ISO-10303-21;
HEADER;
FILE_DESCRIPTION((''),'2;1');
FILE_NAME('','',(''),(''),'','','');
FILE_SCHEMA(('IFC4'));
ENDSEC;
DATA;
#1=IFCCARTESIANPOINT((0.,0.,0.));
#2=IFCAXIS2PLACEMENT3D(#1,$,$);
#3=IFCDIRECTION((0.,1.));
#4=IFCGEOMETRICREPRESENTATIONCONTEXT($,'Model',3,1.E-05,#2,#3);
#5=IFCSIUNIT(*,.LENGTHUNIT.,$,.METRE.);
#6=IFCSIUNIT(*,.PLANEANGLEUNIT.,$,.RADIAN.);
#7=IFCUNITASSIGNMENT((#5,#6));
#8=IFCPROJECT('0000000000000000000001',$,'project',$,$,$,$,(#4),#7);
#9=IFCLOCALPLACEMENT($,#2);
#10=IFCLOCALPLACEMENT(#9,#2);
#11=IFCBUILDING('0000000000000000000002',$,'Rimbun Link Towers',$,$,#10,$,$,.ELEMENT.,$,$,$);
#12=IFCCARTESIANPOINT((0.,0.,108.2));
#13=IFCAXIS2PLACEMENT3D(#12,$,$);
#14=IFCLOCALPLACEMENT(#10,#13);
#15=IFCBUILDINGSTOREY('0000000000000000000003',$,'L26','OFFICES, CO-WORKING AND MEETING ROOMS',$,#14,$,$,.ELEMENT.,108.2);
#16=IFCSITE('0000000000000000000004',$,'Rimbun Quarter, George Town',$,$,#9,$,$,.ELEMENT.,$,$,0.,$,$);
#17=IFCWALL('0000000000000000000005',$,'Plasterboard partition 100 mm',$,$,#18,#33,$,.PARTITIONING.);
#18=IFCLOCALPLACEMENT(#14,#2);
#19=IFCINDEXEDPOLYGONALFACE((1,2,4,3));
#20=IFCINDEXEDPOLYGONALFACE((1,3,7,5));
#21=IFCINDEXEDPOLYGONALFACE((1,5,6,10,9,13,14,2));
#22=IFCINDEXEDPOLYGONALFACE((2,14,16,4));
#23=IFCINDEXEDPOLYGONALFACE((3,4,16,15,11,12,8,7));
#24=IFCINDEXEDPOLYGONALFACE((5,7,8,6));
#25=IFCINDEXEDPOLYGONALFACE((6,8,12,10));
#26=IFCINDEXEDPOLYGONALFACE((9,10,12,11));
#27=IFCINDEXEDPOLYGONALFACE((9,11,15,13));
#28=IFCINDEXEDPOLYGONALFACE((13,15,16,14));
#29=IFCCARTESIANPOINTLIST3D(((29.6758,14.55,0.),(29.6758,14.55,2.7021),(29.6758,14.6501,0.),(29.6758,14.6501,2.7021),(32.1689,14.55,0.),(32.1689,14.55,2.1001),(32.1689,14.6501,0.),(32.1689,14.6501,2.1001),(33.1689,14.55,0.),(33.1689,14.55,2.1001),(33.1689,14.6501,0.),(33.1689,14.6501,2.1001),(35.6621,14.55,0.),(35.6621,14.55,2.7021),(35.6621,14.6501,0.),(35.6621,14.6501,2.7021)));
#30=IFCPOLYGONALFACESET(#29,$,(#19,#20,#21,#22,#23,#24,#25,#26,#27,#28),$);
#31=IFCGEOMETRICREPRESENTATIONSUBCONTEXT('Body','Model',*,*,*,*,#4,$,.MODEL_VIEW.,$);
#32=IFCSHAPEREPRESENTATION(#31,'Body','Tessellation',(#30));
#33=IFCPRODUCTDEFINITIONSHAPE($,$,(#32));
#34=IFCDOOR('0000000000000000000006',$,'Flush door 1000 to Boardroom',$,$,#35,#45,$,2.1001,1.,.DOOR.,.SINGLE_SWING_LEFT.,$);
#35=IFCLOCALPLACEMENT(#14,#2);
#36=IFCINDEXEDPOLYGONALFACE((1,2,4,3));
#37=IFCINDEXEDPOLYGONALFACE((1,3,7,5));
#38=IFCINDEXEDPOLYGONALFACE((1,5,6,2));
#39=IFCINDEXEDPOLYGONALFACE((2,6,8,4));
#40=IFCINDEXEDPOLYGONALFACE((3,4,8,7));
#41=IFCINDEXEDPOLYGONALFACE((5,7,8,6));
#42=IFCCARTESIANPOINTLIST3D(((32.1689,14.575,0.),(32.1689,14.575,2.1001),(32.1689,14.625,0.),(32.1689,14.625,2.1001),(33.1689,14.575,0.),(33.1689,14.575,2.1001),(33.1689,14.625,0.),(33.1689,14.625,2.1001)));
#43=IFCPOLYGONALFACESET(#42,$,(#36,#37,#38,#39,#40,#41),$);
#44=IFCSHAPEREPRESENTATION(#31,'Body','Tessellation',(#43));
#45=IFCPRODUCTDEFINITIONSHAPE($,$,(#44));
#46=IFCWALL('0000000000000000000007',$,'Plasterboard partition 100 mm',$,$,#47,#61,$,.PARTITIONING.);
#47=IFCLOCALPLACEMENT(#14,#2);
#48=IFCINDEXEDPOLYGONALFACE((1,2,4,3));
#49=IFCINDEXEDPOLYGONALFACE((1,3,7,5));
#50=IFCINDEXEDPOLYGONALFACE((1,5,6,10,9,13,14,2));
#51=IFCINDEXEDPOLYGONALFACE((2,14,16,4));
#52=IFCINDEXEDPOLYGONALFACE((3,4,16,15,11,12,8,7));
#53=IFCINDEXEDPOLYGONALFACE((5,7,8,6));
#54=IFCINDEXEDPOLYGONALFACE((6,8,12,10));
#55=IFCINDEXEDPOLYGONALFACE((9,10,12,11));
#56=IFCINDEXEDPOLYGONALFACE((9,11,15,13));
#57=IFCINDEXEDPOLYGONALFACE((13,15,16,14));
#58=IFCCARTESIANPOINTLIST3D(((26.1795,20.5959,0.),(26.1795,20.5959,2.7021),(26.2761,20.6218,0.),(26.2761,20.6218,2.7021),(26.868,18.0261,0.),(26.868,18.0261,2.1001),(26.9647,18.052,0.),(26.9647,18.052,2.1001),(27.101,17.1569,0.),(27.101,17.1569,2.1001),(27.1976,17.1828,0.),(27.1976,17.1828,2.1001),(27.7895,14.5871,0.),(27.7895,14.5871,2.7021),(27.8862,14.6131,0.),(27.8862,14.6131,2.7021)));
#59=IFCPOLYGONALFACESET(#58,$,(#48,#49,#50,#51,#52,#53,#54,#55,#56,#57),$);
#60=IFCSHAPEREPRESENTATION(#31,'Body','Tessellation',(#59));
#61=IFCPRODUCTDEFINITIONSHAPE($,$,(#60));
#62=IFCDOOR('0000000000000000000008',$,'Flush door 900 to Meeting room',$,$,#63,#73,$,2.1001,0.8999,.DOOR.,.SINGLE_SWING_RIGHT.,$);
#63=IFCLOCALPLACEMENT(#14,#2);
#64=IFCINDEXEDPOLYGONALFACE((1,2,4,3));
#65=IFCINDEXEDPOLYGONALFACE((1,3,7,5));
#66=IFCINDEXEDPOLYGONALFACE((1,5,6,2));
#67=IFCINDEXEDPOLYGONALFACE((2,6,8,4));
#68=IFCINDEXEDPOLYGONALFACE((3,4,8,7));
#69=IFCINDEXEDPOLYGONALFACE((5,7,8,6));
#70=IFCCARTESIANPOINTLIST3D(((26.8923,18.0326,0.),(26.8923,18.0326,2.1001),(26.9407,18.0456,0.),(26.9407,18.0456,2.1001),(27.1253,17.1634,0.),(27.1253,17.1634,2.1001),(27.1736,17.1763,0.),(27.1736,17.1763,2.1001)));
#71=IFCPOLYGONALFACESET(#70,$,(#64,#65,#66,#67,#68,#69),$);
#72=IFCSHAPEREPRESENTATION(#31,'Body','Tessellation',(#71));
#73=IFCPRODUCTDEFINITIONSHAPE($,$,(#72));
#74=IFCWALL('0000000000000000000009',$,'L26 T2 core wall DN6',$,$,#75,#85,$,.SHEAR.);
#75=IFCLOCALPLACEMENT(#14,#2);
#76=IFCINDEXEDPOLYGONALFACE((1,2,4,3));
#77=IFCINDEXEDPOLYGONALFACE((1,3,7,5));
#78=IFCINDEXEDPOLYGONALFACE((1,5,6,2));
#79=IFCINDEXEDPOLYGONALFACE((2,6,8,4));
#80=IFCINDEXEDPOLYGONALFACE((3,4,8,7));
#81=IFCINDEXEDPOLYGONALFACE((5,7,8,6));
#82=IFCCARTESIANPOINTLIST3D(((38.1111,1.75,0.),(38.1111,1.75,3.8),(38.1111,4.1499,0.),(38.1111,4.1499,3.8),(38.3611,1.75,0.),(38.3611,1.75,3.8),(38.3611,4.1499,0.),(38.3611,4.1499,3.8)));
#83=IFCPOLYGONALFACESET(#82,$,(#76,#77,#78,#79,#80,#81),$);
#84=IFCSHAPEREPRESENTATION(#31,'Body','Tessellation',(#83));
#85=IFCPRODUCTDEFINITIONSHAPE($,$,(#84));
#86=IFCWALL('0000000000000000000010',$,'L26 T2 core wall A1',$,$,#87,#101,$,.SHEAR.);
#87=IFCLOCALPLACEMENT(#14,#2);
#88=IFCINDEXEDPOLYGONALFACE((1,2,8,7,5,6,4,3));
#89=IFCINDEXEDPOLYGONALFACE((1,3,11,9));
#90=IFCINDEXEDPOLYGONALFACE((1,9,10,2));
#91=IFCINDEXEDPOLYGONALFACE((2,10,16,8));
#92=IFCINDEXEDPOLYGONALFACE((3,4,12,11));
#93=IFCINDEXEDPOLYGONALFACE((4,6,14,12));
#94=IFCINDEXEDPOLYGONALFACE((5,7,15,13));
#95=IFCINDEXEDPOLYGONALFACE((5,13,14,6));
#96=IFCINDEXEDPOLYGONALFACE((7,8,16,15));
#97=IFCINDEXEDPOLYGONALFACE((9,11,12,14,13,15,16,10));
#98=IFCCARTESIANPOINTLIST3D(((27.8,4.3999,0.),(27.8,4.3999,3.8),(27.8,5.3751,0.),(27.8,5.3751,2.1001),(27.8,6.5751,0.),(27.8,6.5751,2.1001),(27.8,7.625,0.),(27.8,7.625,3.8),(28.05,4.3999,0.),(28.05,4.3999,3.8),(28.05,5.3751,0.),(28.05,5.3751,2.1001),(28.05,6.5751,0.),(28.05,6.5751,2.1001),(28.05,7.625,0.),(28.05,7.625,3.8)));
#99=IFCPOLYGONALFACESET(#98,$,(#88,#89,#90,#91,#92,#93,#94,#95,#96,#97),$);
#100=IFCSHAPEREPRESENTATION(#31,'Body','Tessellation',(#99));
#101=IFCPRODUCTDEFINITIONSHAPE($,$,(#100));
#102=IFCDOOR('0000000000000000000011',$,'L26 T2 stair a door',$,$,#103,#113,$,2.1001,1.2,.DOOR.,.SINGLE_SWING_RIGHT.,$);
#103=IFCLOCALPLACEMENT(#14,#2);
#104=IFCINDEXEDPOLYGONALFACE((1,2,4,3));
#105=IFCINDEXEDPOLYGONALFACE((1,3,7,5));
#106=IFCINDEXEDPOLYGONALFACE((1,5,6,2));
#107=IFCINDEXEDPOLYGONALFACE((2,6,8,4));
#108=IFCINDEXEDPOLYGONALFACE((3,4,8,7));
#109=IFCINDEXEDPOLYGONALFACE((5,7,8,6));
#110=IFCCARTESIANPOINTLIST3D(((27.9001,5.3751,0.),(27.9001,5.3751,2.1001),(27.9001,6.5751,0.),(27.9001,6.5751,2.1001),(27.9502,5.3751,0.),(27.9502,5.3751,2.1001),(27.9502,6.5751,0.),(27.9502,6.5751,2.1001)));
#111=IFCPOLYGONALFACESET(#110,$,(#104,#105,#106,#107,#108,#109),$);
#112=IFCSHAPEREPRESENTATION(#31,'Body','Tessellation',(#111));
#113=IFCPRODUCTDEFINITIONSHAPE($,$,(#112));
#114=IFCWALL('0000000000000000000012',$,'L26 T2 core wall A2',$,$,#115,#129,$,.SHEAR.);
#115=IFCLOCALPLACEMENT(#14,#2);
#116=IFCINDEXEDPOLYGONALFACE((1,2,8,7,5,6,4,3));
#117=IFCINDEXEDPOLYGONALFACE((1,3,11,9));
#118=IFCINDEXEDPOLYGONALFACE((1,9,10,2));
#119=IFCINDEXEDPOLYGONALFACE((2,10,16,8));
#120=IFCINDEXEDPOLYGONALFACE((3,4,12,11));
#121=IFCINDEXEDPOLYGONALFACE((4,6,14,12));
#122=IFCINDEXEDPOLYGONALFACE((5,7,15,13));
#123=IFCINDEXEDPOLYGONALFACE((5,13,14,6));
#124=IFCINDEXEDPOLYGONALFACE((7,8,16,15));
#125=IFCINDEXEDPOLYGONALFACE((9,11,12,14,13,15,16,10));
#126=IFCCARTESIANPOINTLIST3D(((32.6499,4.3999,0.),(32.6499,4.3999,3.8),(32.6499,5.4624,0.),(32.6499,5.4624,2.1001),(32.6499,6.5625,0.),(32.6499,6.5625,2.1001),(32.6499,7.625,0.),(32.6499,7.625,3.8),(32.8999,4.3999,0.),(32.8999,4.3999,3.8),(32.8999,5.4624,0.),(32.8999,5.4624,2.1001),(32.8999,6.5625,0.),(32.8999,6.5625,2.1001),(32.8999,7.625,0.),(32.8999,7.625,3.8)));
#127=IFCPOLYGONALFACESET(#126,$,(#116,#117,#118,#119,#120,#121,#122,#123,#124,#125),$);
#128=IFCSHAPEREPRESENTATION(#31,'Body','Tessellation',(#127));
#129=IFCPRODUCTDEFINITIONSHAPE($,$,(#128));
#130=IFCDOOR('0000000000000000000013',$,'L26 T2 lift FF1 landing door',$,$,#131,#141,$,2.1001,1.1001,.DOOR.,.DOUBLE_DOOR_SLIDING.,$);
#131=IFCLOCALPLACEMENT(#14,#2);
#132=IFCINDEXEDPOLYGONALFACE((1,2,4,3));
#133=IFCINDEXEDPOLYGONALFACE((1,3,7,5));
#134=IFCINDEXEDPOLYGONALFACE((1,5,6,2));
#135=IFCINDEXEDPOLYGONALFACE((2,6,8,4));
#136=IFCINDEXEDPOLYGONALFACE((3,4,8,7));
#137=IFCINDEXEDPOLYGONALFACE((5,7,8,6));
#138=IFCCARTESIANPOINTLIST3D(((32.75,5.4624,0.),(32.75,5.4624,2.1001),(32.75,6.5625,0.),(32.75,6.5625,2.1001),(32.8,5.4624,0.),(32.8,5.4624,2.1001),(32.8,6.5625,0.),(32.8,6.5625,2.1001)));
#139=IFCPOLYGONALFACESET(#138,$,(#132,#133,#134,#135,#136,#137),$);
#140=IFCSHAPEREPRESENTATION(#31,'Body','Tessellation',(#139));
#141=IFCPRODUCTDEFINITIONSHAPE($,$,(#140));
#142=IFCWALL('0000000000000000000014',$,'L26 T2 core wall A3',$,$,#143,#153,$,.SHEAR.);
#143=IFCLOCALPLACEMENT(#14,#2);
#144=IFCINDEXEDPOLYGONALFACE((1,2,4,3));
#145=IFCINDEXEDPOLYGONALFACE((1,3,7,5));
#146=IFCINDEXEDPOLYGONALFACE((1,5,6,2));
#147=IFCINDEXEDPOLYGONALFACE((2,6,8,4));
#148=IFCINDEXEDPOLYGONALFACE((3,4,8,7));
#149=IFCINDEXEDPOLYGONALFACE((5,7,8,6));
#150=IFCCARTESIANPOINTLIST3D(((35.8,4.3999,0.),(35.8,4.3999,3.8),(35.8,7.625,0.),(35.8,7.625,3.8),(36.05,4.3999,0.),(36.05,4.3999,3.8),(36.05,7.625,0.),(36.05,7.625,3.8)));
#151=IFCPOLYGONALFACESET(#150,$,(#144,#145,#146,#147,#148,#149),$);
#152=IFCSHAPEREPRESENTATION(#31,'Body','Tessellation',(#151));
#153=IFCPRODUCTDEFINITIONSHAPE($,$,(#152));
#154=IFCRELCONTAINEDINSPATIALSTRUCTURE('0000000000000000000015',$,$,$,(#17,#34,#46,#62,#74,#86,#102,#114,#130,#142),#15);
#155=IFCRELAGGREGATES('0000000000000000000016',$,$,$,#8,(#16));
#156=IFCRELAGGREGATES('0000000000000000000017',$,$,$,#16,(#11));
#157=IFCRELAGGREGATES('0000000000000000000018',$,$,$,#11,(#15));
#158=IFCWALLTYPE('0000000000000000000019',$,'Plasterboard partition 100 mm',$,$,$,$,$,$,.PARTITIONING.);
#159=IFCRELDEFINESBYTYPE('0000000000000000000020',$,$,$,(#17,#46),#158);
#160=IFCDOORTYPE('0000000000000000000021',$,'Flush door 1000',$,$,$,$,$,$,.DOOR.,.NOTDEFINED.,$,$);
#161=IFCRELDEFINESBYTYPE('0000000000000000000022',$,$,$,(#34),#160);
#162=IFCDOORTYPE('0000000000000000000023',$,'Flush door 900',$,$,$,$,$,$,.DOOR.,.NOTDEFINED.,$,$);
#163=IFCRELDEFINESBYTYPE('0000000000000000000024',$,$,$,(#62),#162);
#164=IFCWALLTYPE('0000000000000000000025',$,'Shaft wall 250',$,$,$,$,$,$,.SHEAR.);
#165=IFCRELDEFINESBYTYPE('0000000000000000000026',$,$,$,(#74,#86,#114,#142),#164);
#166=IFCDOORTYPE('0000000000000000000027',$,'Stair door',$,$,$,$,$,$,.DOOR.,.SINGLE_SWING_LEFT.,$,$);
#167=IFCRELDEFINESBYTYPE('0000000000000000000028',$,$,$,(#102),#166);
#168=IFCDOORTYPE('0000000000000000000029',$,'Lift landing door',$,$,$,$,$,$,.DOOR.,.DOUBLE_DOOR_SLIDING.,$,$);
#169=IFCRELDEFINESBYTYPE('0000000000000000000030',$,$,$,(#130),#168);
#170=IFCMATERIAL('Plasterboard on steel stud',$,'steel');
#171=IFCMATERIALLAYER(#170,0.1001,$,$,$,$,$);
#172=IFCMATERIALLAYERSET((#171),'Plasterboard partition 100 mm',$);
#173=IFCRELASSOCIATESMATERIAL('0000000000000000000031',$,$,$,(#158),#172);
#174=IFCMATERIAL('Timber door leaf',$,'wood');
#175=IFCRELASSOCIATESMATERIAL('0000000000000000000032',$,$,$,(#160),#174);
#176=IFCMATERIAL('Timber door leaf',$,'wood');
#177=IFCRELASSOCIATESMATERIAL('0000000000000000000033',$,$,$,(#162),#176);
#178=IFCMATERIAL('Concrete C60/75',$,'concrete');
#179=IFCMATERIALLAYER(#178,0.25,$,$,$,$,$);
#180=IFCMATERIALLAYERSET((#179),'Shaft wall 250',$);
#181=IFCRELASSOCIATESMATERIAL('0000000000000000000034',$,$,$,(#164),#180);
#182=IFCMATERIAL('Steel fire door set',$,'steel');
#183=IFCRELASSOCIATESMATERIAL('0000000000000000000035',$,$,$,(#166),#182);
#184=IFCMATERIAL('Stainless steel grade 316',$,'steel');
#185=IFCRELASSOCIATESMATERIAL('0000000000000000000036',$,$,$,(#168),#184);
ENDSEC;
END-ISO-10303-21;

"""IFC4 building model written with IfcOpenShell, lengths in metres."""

from ifc_helpers import new_model, si_unit, direction, frame, frame_2d, origin, place, context, subcontext, project, spatial, rectangle, extrude, material, layer, layer_set, type_object, element, fill, save


model = new_model("IFC4")

# Units and contexts
model_context = context("Model", 3, precision=1e-05, world=origin(), true_north=direction((0.0, 1.0)))
body_context = subcontext(model_context, "Body", "Model", "MODEL_VIEW")
ifc_project = project(units=[si_unit("LENGTHUNIT", "METRE"), si_unit("PLANEANGLEUNIT", "RADIAN")], contexts=[model_context])

# Site, building, storey
site_placement = place(None, origin())
site = spatial("IfcSite", under=ifc_project, at=site_placement, Name="Rimbun Quarter, George Town", CompositionType="ELEMENT", RefElevation=0.0)
building_placement = place(site_placement, origin())
building = spatial("IfcBuilding", under=site, at=building_placement, Name="Rimbun Link Towers", CompositionType="ELEMENT")
storey_placement = place(building_placement, frame((0.0, 0.0, 108.2)))
storey = spatial("IfcBuildingStorey", under=building, at=storey_placement, Name="L26", Description="OFFICES, CO-WORKING AND MEETING ROOMS", CompositionType="ELEMENT", Elevation=108.2)

# Walls, openings, doors
ifc_material_1 = material(Name="Plasterboard on steel stud", Category="steel")
ifc_layer_1 = layer(ifc_material_1, 0.1001)
ifc_layer_set_1 = layer_set([ifc_layer_1], Name="Plasterboard partition 100 mm")
wall_type_1 = type_object("IfcWallType", Name="Plasterboard partition 100 mm", PredefinedType="PARTITIONING", material=ifc_layer_set_1)
wall_1_placement = place(storey_placement, frame((29.6758, 14.6001, 0.0), z_axis=(0.0, 0.0, 1.0), x_axis=(1.0, 0.0, 0.0)))
wall_1 = element("IfcWall", 1, at=wall_1_placement, inside=storey, type_object=wall_type_1, Name="Plasterboard partition 100 mm", PredefinedType="PARTITIONING", context=body_context, shape_type="SweptSolid", body=[
    extrude(rectangle(XDim=5.9863, YDim=0.1001, at=frame_2d((2.9932, 0.0))), origin(), (0.0, 0.0, 1.0), 2.7021),
])
opening_1_placement = place(wall_1_placement, frame((2.4932, 0.0, 0.0)))
opening_1 = element("IfcOpeningElement", 2, at=opening_1_placement, cuts=wall_1, PredefinedType="OPENING", context=body_context, shape_type="SweptSolid", body=[
    extrude(rectangle(XDim=1.0, YDim=2.1001, at=frame_2d((0.5, 1.05))), frame((0.0, 0.0601, 0.0), z_axis=(0.0, -1.0, 0.0), x_axis=(1.0, 0.0, 0.0)), (0.0, 0.0, 1.0), 0.1201),
])
ifc_material_2 = material(Name="Timber door leaf", Category="wood")
door_type_1 = type_object("IfcDoorType", Name="Flush door 1000", OperationType="NOTDEFINED", PredefinedType="DOOR", material=ifc_material_2)
door_1_placement = place(opening_1_placement, origin())
door_1 = element("IfcDoor", 3, at=door_1_placement, inside=storey, type_object=door_type_1, Name="Flush door 1000 to Boardroom", OperationType="SINGLE_SWING_LEFT", OverallHeight=2.1001, OverallWidth=1.0, PredefinedType="DOOR", context=body_context, shape_type="SweptSolid", body=[
    extrude(rectangle(XDim=1.0, YDim=2.1001, at=frame_2d((0.5, 1.05))), frame((0.0, 0.0249, 0.0), z_axis=(0.0, -1.0, 0.0), x_axis=(1.0, 0.0, 0.0)), (0.0, 0.0, 1.0), 0.05),
])
fill(opening_1, door_1)
wall_2_placement = place(storey_placement, frame((27.8379, 14.6001, 0.0), z_axis=(0.0, 0.0, 1.0), x_axis=(-0.258828, 0.965924, 0.0)))
wall_2 = element("IfcWall", 4, at=wall_2_placement, inside=storey, type_object=wall_type_1, Name="Plasterboard partition 100 mm", PredefinedType="PARTITIONING", context=body_context, shape_type="SweptSolid", body=[
    extrude(rectangle(XDim=6.2207, YDim=0.1001, at=frame_2d((3.1104, 0.0))), origin(), (0.0, 0.0, 1.0), 2.7021),
])
opening_2_placement = place(wall_2_placement, frame((2.6604, 0.0, 0.0)))
opening_2 = element("IfcOpeningElement", 5, at=opening_2_placement, cuts=wall_2, PredefinedType="OPENING", context=body_context, shape_type="SweptSolid", body=[
    extrude(rectangle(XDim=0.8999, YDim=2.1001, at=frame_2d((0.45, 1.05))), frame((0.0, 0.0601, 0.0), z_axis=(0.0, -1.0, 0.0), x_axis=(1.0, 0.0, 0.0)), (0.0, 0.0, 1.0), 0.1201),
])
ifc_material_3 = material(Name="Timber door leaf", Category="wood")
door_type_2 = type_object("IfcDoorType", Name="Flush door 900", OperationType="NOTDEFINED", PredefinedType="DOOR", material=ifc_material_3)
door_2_placement = place(opening_2_placement, origin())
door_2 = element("IfcDoor", 6, at=door_2_placement, inside=storey, type_object=door_type_2, Name="Flush door 900 to Meeting room", OperationType="SINGLE_SWING_RIGHT", OverallHeight=2.1001, OverallWidth=0.8999, PredefinedType="DOOR", context=body_context, shape_type="SweptSolid", body=[
    extrude(rectangle(XDim=0.8999, YDim=2.1001, at=frame_2d((0.45, 1.05))), frame((0.0, 0.0249, 0.0), z_axis=(0.0, -1.0, 0.0), x_axis=(1.0, 0.0, 0.0)), (0.0, 0.0, 1.0), 0.05),
])
fill(opening_2, door_2)

# Wall
ifc_material_4 = material(Name="Concrete C60/75", Category="concrete")
ifc_layer_2 = layer(ifc_material_4, 0.25)
ifc_layer_set_2 = layer_set([ifc_layer_2], Name="Shaft wall 250")
wall_type_2 = type_object("IfcWallType", Name="Shaft wall 250", PredefinedType="SHEAR", material=ifc_layer_set_2)
wall_3_placement = place(storey_placement, frame((38.2361, 1.75, 0.0), z_axis=(0.0, 0.0, 1.0), x_axis=(0.0, 1.0, 0.0)))
element("IfcWall", 7, at=wall_3_placement, inside=storey, type_object=wall_type_2, Name="L26 T2 core wall DN6", PredefinedType="SHEAR", context=body_context, shape_type="SweptSolid", body=[
    extrude(rectangle(XDim=2.3999, YDim=0.25, at=frame_2d((1.2, 0.0))), origin(), (0.0, 0.0, 1.0), 3.8),
])

# Walls, openings, doors
wall_4_placement = place(storey_placement, frame((27.925, 4.3999, 0.0), z_axis=(0.0, 0.0, 1.0), x_axis=(0.0, 1.0, 0.0)))
wall_4 = element("IfcWall", 8, at=wall_4_placement, inside=storey, type_object=wall_type_2, Name="L26 T2 core wall A1", PredefinedType="SHEAR", context=body_context, shape_type="SweptSolid", body=[
    extrude(rectangle(XDim=3.2251, YDim=0.25, at=frame_2d((1.6125, 0.0))), origin(), (0.0, 0.0, 1.0), 3.8),
])
opening_3_placement = place(wall_4_placement, frame((0.9751, 0.0, 0.0)))
opening_3 = element("IfcOpeningElement", 9, at=opening_3_placement, cuts=wall_4, PredefinedType="OPENING", context=body_context, shape_type="SweptSolid", body=[
    extrude(rectangle(XDim=1.2, YDim=2.1001, at=frame_2d((0.6001, 1.05))), frame((0.0, 0.135, 0.0), z_axis=(0.0, -1.0, 0.0), x_axis=(1.0, 0.0, 0.0)), (0.0, 0.0, 1.0), 0.27),
])
ifc_material_5 = material(Name="Steel fire door set", Category="steel")
door_type_3 = type_object("IfcDoorType", Name="Stair door", OperationType="SINGLE_SWING_LEFT", PredefinedType="DOOR", material=ifc_material_5)
door_3_placement = place(opening_3_placement, origin())
door_3 = element("IfcDoor", 10, at=door_3_placement, inside=storey, type_object=door_type_3, Name="L26 T2 stair a door", OperationType="SINGLE_SWING_RIGHT", OverallHeight=2.1001, OverallWidth=1.2, PredefinedType="DOOR", context=body_context, shape_type="SweptSolid", body=[
    extrude(rectangle(XDim=1.2, YDim=2.1001, at=frame_2d((0.6001, 1.05))), frame((0.0, 0.0249, 0.0), z_axis=(0.0, -1.0, 0.0), x_axis=(1.0, 0.0, 0.0)), (0.0, 0.0, 1.0), 0.05),
])
fill(opening_3, door_3)
wall_5_placement = place(storey_placement, frame((32.7749, 4.3999, 0.0), z_axis=(0.0, 0.0, 1.0), x_axis=(0.0, 1.0, 0.0)))
wall_5 = element("IfcWall", 11, at=wall_5_placement, inside=storey, type_object=wall_type_2, Name="L26 T2 core wall A2", PredefinedType="SHEAR", context=body_context, shape_type="SweptSolid", body=[
    extrude(rectangle(XDim=3.2251, YDim=0.25, at=frame_2d((1.6125, 0.0))), origin(), (0.0, 0.0, 1.0), 3.8),
])
opening_4_placement = place(wall_5_placement, frame((1.0625, 0.0, 0.0)))
opening_4 = element("IfcOpeningElement", 12, at=opening_4_placement, cuts=wall_5, PredefinedType="OPENING", context=body_context, shape_type="SweptSolid", body=[
    extrude(rectangle(XDim=1.1001, YDim=2.1001, at=frame_2d((0.55, 1.05))), frame((0.0, 0.135, 0.0), z_axis=(0.0, -1.0, 0.0), x_axis=(1.0, 0.0, 0.0)), (0.0, 0.0, 1.0), 0.27),
])
ifc_material_6 = material(Name="Stainless steel grade 316", Category="steel")
door_type_4 = type_object("IfcDoorType", Name="Lift landing door", OperationType="DOUBLE_DOOR_SLIDING", PredefinedType="DOOR", material=ifc_material_6)
door_4_placement = place(opening_4_placement, origin())
door_4 = element("IfcDoor", 13, at=door_4_placement, inside=storey, type_object=door_type_4, Name="L26 T2 lift FF1 landing door", OperationType="DOUBLE_DOOR_SLIDING", OverallHeight=2.1001, OverallWidth=1.1001, PredefinedType="DOOR", context=body_context, shape_type="SweptSolid", body=[
    extrude(rectangle(XDim=1.1001, YDim=2.1001, at=frame_2d((0.55, 1.05))), frame((0.0, 0.0249, 0.0), z_axis=(0.0, -1.0, 0.0), x_axis=(1.0, 0.0, 0.0)), (0.0, 0.0, 1.0), 0.05),
])
fill(opening_4, door_4)

# Wall
wall_6_placement = place(storey_placement, frame((35.925, 4.3999, 0.0), z_axis=(0.0, 0.0, 1.0), x_axis=(0.0, 1.0, 0.0)))
element("IfcWall", 14, at=wall_6_placement, inside=storey, type_object=wall_type_2, Name="L26 T2 core wall A3", PredefinedType="SHEAR", context=body_context, shape_type="SweptSolid", body=[
    extrude(rectangle(XDim=3.2251, YDim=0.25, at=frame_2d((1.6125, 0.0))), origin(), (0.0, 0.0, 1.0), 3.8),
])

save(model, "model.ifc")
